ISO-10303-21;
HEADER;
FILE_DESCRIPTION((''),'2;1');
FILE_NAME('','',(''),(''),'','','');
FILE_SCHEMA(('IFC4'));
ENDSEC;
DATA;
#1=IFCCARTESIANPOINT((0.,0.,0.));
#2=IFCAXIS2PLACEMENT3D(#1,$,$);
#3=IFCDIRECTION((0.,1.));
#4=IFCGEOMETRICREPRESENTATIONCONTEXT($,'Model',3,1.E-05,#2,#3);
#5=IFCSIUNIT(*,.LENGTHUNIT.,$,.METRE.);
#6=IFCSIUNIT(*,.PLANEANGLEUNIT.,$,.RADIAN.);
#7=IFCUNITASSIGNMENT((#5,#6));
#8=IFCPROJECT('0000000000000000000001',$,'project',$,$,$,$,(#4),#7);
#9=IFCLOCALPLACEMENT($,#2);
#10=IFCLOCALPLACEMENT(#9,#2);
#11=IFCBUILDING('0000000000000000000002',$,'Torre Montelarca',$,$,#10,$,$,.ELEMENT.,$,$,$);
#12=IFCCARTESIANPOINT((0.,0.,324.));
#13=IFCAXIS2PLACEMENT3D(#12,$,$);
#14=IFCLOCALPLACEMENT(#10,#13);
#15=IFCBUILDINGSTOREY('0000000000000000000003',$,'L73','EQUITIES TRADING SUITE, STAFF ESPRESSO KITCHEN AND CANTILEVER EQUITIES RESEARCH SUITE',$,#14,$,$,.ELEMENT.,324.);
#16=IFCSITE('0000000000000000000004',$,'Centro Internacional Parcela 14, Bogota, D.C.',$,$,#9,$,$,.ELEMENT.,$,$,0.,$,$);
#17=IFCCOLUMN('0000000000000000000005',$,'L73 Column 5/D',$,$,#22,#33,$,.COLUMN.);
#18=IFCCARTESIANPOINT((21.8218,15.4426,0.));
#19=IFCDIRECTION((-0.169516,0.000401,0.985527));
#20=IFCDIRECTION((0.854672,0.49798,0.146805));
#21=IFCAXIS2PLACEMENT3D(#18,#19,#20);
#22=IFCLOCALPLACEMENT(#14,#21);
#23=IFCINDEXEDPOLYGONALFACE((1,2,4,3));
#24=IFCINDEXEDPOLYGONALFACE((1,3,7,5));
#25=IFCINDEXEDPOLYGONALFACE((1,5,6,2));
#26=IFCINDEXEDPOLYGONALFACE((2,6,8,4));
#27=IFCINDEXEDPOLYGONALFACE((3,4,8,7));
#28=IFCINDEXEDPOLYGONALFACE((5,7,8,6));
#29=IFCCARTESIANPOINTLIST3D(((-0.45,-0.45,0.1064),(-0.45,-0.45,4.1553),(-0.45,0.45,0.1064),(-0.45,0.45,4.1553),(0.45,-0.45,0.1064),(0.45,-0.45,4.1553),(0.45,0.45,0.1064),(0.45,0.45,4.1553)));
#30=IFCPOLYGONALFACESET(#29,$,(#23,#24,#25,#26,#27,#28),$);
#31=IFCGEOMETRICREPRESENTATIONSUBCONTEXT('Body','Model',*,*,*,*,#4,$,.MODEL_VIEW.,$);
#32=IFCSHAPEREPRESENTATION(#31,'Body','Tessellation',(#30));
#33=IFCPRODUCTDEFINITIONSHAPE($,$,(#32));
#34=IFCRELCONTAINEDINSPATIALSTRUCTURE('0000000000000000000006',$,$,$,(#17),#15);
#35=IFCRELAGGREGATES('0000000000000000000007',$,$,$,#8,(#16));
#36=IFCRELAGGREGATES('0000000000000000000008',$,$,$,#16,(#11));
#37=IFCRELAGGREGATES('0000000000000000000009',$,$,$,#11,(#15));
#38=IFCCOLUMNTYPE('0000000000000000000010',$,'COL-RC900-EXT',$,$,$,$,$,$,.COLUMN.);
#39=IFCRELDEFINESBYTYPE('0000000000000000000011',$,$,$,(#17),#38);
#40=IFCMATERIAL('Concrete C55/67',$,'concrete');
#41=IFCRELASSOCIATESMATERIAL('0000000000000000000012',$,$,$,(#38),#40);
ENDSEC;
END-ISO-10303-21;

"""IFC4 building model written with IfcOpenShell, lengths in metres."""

from ifc_helpers import new_model, si_unit, direction, frame, origin, origin_2d, place, context, subcontext, project, spatial, rectangle, extrude, clip, halfspace, material, material_profile, profile_set, type_object, element, save


model = new_model("IFC4")

# Units and contexts
model_context = context("Model", 3, precision=1e-05, world=origin(), true_north=direction((0.0, 1.0)))
body_context = subcontext(model_context, "Body", "Model", "MODEL_VIEW")
ifc_project = project(units=[si_unit("LENGTHUNIT", "METRE"), si_unit("PLANEANGLEUNIT", "RADIAN")], contexts=[model_context])

# Site, building, storey
site_placement = place(None, origin())
site = spatial("IfcSite", under=ifc_project, at=site_placement, Name="Centro Internacional Parcela 14, Bogota, D.C.", CompositionType="ELEMENT", RefElevation=0.0)
building_placement = place(site_placement, origin())
building = spatial("IfcBuilding", under=site, at=building_placement, Name="Torre Montelarca", CompositionType="ELEMENT")
storey_placement = place(building_placement, frame((0.0, 0.0, 324.0)))
storey = spatial("IfcBuildingStorey", under=building, at=storey_placement, Name="L73", Description="EQUITIES TRADING SUITE, STAFF ESPRESSO KITCHEN AND CANTILEVER EQUITIES RESEARCH SUITE", CompositionType="ELEMENT", Elevation=324.0)

# Column
ifc_material_1 = material(Name="Concrete C55/67", Category="concrete")
ifc_material_profile_1 = material_profile(ifc_material_1, rectangle(XDim=0.8999, YDim=0.8999, at=origin_2d()), Name="RC900X900", Category="concrete")
ifc_profile_set_1 = profile_set([ifc_material_profile_1], Name="Concrete C55/67")
column_type = type_object("IfcColumnType", Name="COL-RC900-EXT", PredefinedType="COLUMN", material=ifc_profile_set_1)
column_placement = place(storey_placement, frame((21.8218, 15.4426, 0.0), z_axis=(-0.169516, 0.000401, 0.985527), x_axis=(0.854672, 0.49798, 0.146805)))
element("IfcColumn", 1, at=column_placement, inside=storey, type_object=column_type, Name="L73 Column 5/D", PredefinedType="COLUMN", context=body_context, shape_type="Clipping", body=[
    clip(clip(extrude(rectangle(XDim=0.8999, YDim=0.8999, at=origin_2d()), origin(), (0.0, 0.0, 1.0), 4.2617), halfspace(frame((0.0, 0.0, 0.1064), z_axis=(0.0, 0.0, -1.0), x_axis=(1.0, 0.0, 0.0)), False)), halfspace(frame((0.0, 0.0, 4.1553), z_axis=(0.0, 0.0, 1.0), x_axis=(1.0, 0.0, 0.0)), False)),
])

save(model, "model.ifc")
